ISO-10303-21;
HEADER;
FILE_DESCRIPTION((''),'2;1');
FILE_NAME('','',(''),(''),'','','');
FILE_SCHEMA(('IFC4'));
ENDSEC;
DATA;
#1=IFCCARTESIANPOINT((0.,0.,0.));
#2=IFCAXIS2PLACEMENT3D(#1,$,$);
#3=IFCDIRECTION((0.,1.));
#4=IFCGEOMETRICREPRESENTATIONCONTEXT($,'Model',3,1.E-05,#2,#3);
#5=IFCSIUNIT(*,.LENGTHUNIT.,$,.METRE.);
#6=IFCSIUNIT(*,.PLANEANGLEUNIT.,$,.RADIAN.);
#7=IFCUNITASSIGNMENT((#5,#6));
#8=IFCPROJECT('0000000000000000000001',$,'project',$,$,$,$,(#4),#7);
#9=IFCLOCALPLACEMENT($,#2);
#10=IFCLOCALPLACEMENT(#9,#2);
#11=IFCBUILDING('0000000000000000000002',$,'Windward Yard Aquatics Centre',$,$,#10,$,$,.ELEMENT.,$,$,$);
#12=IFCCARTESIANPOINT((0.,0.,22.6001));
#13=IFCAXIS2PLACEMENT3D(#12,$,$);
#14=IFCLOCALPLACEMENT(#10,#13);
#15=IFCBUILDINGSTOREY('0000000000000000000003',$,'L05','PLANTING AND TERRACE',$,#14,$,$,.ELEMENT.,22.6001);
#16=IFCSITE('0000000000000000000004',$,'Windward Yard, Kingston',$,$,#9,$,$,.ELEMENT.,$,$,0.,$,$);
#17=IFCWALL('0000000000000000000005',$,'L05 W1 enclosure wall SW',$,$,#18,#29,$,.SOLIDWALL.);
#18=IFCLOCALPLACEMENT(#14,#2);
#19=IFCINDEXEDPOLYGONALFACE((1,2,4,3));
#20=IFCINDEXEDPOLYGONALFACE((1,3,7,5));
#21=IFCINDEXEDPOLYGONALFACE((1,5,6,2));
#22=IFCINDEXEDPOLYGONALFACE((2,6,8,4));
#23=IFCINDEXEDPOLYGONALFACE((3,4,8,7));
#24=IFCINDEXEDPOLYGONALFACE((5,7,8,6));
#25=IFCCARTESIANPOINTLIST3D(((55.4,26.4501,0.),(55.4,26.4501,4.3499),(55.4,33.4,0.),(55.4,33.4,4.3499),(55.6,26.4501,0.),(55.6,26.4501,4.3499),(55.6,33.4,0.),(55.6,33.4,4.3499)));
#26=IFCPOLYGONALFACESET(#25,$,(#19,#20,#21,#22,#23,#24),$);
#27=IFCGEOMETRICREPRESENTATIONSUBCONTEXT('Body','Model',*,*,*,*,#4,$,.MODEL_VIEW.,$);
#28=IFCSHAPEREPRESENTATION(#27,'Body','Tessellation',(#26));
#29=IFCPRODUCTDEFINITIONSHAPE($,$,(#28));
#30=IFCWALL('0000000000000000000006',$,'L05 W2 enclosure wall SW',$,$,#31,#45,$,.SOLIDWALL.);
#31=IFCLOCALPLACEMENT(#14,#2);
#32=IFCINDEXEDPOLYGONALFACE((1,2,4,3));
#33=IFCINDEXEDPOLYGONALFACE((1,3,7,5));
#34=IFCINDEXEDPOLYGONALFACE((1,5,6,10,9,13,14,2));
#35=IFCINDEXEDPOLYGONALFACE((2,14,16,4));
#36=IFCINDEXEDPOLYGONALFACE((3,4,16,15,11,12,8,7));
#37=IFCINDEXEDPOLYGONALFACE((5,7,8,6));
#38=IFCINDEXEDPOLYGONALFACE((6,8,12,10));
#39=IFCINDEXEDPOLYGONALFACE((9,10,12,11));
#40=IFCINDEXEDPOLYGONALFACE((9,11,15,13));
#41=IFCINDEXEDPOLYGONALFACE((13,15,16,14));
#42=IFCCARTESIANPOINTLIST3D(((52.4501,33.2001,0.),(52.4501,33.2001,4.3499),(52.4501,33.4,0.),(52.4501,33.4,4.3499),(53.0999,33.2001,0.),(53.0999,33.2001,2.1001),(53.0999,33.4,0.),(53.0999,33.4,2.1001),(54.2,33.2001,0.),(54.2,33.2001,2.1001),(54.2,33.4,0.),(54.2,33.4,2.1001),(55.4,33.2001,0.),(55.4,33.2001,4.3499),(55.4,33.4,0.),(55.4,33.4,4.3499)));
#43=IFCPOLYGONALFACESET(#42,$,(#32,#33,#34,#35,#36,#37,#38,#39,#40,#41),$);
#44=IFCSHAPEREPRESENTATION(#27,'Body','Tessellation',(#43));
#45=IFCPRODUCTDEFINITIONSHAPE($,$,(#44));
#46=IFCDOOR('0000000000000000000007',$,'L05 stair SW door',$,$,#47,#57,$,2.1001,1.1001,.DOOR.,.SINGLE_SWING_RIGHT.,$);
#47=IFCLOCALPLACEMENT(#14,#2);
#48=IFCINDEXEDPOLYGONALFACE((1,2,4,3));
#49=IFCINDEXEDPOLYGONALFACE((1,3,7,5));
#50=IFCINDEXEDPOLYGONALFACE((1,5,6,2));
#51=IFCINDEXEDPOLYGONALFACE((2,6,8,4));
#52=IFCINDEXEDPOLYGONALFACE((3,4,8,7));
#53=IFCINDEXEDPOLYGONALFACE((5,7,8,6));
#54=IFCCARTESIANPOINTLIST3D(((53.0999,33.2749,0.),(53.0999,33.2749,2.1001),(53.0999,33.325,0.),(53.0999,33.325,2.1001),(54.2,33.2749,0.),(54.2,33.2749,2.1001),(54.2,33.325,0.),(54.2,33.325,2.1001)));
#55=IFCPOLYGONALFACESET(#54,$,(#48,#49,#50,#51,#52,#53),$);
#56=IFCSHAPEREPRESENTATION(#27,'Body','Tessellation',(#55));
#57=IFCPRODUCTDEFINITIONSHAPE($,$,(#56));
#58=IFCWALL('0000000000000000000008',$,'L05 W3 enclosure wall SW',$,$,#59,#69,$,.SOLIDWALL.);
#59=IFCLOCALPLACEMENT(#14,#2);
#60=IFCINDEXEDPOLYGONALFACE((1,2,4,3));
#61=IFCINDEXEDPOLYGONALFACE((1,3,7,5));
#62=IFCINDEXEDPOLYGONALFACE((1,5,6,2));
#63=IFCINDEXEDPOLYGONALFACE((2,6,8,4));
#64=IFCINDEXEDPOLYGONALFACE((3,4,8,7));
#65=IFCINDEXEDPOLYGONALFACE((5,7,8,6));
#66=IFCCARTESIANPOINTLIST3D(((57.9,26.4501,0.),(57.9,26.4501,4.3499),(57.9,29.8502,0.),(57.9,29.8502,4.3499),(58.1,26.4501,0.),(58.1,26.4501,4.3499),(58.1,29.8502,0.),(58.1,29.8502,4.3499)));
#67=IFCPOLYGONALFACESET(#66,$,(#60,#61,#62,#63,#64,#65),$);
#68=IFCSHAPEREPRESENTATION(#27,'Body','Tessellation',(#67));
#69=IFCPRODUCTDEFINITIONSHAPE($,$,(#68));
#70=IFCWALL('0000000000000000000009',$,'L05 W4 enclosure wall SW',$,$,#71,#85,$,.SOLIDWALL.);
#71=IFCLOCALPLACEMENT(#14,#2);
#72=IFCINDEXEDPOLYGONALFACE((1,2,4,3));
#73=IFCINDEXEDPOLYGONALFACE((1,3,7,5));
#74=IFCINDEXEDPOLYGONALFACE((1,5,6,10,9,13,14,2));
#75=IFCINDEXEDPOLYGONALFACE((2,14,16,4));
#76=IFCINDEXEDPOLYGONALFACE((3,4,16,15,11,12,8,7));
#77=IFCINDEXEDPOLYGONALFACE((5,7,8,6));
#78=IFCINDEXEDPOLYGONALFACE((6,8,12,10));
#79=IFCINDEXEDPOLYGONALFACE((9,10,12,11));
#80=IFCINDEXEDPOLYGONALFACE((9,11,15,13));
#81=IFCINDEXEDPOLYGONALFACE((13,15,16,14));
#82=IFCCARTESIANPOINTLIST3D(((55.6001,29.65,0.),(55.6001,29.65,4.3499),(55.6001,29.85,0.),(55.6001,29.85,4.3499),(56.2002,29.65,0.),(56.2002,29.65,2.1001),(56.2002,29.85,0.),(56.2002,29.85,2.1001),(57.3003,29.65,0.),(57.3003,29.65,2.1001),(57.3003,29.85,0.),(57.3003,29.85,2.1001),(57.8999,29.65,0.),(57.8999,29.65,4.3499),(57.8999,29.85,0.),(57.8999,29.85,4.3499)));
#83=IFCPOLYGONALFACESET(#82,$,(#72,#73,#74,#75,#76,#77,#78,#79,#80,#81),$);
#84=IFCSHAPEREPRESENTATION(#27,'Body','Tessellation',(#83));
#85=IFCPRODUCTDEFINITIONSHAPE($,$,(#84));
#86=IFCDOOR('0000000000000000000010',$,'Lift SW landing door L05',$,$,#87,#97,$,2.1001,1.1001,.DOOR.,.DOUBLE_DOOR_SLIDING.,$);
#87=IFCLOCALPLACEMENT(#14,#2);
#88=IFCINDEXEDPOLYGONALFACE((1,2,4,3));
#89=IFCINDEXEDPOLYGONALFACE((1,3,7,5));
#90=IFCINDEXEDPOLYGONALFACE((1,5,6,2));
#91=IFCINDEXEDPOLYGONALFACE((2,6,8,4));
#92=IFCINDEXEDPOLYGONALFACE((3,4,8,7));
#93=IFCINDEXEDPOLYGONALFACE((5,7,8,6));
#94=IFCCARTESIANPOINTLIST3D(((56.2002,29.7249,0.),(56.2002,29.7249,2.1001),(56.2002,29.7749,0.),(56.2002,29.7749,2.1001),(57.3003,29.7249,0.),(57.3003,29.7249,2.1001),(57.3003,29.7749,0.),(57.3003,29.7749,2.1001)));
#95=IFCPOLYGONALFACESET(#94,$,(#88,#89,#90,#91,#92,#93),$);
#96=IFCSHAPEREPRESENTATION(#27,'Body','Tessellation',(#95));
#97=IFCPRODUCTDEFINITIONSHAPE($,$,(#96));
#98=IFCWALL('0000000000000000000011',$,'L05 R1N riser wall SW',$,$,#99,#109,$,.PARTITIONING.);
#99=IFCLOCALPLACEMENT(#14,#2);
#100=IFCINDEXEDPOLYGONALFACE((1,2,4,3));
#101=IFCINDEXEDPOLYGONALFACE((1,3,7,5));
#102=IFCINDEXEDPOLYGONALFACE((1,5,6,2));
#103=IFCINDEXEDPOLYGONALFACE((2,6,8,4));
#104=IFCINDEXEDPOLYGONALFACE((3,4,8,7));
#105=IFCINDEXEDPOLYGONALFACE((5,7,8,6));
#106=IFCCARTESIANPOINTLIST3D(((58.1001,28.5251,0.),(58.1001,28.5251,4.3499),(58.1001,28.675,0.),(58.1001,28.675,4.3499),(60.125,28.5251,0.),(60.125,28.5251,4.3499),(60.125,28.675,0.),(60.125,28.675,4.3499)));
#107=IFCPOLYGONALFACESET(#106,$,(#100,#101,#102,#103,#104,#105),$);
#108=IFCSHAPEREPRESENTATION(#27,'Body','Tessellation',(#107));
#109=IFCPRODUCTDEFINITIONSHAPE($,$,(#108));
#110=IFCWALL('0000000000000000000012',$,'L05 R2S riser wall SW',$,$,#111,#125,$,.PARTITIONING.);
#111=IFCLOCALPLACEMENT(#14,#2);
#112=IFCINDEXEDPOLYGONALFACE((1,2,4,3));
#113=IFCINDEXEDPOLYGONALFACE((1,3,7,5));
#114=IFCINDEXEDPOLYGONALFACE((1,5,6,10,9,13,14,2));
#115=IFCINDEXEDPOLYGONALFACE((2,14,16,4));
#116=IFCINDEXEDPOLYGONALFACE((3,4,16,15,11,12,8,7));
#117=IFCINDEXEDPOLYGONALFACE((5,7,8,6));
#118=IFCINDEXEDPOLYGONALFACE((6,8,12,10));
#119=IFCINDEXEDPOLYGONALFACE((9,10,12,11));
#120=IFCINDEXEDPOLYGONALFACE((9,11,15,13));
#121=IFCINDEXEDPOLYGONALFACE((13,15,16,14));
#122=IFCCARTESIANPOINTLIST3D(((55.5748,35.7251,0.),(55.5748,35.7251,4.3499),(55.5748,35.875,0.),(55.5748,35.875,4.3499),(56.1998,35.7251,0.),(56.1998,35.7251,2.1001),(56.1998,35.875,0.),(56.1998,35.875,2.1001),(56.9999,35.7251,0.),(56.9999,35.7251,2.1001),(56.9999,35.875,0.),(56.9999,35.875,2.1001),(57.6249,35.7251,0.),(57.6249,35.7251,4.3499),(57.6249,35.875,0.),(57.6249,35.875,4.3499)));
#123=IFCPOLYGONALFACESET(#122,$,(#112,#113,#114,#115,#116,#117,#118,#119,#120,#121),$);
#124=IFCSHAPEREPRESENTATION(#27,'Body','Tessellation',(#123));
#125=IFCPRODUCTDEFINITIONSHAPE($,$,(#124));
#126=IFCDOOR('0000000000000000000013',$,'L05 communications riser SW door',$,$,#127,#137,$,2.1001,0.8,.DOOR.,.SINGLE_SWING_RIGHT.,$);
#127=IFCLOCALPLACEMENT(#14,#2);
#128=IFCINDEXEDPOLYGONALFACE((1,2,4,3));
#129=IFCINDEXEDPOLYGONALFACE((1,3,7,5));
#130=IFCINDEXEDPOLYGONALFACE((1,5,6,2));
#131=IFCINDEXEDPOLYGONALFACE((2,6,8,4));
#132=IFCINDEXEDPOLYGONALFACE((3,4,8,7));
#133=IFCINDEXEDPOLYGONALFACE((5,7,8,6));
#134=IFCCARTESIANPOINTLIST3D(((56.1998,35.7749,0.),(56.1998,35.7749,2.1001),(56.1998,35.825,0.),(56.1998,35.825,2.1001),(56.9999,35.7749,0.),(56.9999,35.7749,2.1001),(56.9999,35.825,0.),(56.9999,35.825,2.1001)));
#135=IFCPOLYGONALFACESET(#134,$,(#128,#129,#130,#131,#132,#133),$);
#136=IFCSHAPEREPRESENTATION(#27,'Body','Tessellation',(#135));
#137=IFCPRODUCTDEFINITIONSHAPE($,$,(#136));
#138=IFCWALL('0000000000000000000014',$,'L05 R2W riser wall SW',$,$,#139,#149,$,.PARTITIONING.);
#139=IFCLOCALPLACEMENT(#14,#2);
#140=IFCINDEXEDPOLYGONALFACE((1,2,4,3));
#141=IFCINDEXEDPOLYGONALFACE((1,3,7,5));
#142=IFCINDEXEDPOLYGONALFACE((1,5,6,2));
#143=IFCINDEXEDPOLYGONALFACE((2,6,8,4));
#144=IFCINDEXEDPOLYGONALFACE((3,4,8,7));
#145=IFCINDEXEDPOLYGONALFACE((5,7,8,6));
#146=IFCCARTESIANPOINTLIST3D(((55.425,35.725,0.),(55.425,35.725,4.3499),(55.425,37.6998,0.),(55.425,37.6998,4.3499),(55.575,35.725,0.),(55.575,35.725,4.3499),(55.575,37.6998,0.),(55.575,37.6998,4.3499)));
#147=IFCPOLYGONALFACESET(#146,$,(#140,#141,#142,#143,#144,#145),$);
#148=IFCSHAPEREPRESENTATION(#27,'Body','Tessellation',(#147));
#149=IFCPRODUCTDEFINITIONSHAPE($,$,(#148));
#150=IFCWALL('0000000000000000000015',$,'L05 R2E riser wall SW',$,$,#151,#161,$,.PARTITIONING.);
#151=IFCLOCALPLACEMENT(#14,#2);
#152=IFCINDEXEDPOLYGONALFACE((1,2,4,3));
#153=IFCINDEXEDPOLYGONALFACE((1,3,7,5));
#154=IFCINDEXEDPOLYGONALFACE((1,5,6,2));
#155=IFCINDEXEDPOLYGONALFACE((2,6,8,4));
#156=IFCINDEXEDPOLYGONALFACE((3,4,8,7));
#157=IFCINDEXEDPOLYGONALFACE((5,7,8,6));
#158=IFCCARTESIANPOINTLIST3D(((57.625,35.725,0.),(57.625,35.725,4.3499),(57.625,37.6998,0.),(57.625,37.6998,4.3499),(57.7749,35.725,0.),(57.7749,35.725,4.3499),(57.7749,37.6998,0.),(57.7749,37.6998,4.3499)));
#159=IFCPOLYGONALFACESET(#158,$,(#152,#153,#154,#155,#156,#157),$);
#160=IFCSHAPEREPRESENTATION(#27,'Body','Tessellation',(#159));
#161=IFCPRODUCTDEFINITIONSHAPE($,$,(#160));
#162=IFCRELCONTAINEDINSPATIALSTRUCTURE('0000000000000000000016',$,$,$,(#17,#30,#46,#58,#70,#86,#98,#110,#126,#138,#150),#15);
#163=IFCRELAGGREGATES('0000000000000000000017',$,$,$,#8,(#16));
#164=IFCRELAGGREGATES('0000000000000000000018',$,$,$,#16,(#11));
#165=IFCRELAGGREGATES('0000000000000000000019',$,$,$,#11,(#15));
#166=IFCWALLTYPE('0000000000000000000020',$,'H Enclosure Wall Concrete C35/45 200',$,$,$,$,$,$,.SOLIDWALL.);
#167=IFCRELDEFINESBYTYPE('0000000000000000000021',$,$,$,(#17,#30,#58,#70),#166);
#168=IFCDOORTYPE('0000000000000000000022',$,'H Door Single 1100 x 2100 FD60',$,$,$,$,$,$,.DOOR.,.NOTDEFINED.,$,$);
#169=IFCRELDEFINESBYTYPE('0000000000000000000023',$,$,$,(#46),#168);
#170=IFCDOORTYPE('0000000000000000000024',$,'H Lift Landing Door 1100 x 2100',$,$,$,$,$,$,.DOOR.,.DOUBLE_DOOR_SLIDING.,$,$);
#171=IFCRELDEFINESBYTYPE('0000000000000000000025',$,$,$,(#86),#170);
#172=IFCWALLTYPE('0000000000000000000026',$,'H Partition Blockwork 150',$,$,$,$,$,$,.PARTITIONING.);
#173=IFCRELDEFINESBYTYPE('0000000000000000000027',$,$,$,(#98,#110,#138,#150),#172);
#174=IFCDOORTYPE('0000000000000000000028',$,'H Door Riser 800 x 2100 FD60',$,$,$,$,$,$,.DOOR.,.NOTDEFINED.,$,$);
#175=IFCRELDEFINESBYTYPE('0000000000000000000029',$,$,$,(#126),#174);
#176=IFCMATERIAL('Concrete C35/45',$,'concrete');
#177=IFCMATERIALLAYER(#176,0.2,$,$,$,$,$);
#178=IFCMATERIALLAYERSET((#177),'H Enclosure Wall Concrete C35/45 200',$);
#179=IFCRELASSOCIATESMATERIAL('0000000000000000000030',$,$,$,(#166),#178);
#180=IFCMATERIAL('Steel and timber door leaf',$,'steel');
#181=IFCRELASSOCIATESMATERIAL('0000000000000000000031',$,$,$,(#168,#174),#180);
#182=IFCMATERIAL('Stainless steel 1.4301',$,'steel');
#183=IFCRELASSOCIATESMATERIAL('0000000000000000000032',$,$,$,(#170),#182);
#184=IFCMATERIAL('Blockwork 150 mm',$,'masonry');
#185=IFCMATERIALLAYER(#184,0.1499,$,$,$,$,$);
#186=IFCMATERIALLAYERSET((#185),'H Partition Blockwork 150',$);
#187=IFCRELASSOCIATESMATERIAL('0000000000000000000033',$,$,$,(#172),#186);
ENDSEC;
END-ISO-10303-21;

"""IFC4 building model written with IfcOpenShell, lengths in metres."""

from ifc_helpers import new_model, si_unit, direction, frame, frame_2d, origin, place, context, subcontext, project, spatial, rectangle, extrude, material, layer, layer_set, type_object, element, fill, save


model = new_model("IFC4")

# Units and contexts
model_context = context("Model", 3, precision=1e-05, world=origin(), true_north=direction((0.0, 1.0)))
body_context = subcontext(model_context, "Body", "Model", "MODEL_VIEW")
ifc_project = project(units=[si_unit("LENGTHUNIT", "METRE"), si_unit("PLANEANGLEUNIT", "RADIAN")], contexts=[model_context])

# Site, building, storey
site_placement = place(None, origin())
site = spatial("IfcSite", under=ifc_project, at=site_placement, Name="Windward Yard, Kingston", CompositionType="ELEMENT", RefElevation=0.0)
building_placement = place(site_placement, origin())
building = spatial("IfcBuilding", under=site, at=building_placement, Name="Windward Yard Aquatics Centre", CompositionType="ELEMENT")
storey_placement = place(building_placement, frame((0.0, 0.0, 22.6001)))
storey = spatial("IfcBuildingStorey", under=building, at=storey_placement, Name="L05", Description="PLANTING AND TERRACE", CompositionType="ELEMENT", Elevation=22.6001)

# Wall
ifc_material_1 = material(Name="Concrete C35/45", Category="concrete")
ifc_layer_1 = layer(ifc_material_1, 0.2)
ifc_layer_set_1 = layer_set([ifc_layer_1], Name="H Enclosure Wall Concrete C35/45 200")
wall_type_1 = type_object("IfcWallType", Name="H Enclosure Wall Concrete C35/45 200", PredefinedType="SOLIDWALL", material=ifc_layer_set_1)
wall_1_placement = place(storey_placement, frame((55.5, 26.45, 0.0), z_axis=(0.0, 0.0, 1.0), x_axis=(0.0, 1.0, 0.0)))
element("IfcWall", 1, at=wall_1_placement, inside=storey, type_object=wall_type_1, Name="L05 W1 enclosure wall SW", PredefinedType="SOLIDWALL", context=body_context, shape_type="SweptSolid", body=[
    extrude(rectangle(XDim=6.95, YDim=0.2, at=frame_2d((3.4751, 0.0))), origin(), (0.0, 0.0, 1.0), 4.3499),
])

# Wall, opening, door
wall_2_placement = place(storey_placement, frame((52.45, 33.3, 0.0), z_axis=(0.0, 0.0, 1.0), x_axis=(1.0, 0.0, 0.0)))
wall_2 = element("IfcWall", 2, at=wall_2_placement, inside=storey, type_object=wall_type_1, Name="L05 W2 enclosure wall SW", PredefinedType="SOLIDWALL", context=body_context, shape_type="SweptSolid", body=[
    extrude(rectangle(XDim=2.95, YDim=0.2, at=frame_2d((1.4751, 0.0))), origin(), (0.0, 0.0, 1.0), 4.3499),
])
opening_1_placement = place(wall_2_placement, frame((0.6499, 0.0, 0.0)))
opening_1 = element("IfcOpeningElement", 3, at=opening_1_placement, cuts=wall_2, PredefinedType="OPENING", context=body_context, shape_type="SweptSolid", body=[
    extrude(rectangle(XDim=1.1001, YDim=2.1001, at=frame_2d((0.55, 1.05))), frame((0.0, 0.1099, 0.0), z_axis=(0.0, -1.0, 0.0), x_axis=(1.0, 0.0, 0.0)), (0.0, 0.0, 1.0), 0.22),
])
ifc_material_2 = material(Name="Steel and timber door leaf", Category="steel")
door_type_1 = type_object("IfcDoorType", Name="H Door Single 1100 x 2100 FD60", OperationType="NOTDEFINED", PredefinedType="DOOR", material=ifc_material_2)
door_1_placement = place(opening_1_placement, origin())
door_1 = element("IfcDoor", 4, at=door_1_placement, inside=storey, type_object=door_type_1, Name="L05 stair SW door", OperationType="SINGLE_SWING_RIGHT", OverallHeight=2.1001, OverallWidth=1.1001, PredefinedType="DOOR", context=body_context, shape_type="SweptSolid", body=[
    extrude(rectangle(XDim=1.1001, YDim=2.1001, at=frame_2d((0.55, 1.05))), frame((0.0, 0.0249, 0.0), z_axis=(0.0, -1.0, 0.0), x_axis=(1.0, 0.0, 0.0)), (0.0, 0.0, 1.0), 0.05),
])
fill(opening_1, door_1)

# Wall
wall_3_placement = place(storey_placement, frame((58.0, 26.45, 0.0), z_axis=(0.0, 0.0, 1.0), x_axis=(0.0, 1.0, 0.0)))
element("IfcWall", 5, at=wall_3_placement, inside=storey, type_object=wall_type_1, Name="L05 W3 enclosure wall SW", PredefinedType="SOLIDWALL", context=body_context, shape_type="SweptSolid", body=[
    extrude(rectangle(XDim=3.4001, YDim=0.2, at=frame_2d((1.7002, 0.0))), origin(), (0.0, 0.0, 1.0), 4.3499),
])

# Wall, opening, door
wall_4_placement = place(storey_placement, frame((55.6001, 29.75, 0.0), z_axis=(0.0, 0.0, 1.0), x_axis=(1.0, 0.0, 0.0)))
wall_4 = element("IfcWall", 6, at=wall_4_placement, inside=storey, type_object=wall_type_1, Name="L05 W4 enclosure wall SW", PredefinedType="SOLIDWALL", context=body_context, shape_type="SweptSolid", body=[
    extrude(rectangle(XDim=2.2998, YDim=0.2, at=frame_2d((1.1499, 0.0))), origin(), (0.0, 0.0, 1.0), 4.3499),
])
opening_2_placement = place(wall_4_placement, frame((0.6001, 0.0, 0.0)))
opening_2 = element("IfcOpeningElement", 7, at=opening_2_placement, cuts=wall_4, PredefinedType="OPENING", context=body_context, shape_type="SweptSolid", body=[
    extrude(rectangle(XDim=1.1001, YDim=2.1001, at=frame_2d((0.55, 1.05))), frame((0.0, 0.1099, 0.0), z_axis=(0.0, -1.0, 0.0), x_axis=(1.0, 0.0, 0.0)), (0.0, 0.0, 1.0), 0.22),
])
ifc_material_3 = material(Name="Stainless steel 1.4301", Category="steel")
door_type_2 = type_object("IfcDoorType", Name="H Lift Landing Door 1100 x 2100", OperationType="DOUBLE_DOOR_SLIDING", PredefinedType="DOOR", material=ifc_material_3)
door_2_placement = place(opening_2_placement, origin())
door_2 = element("IfcDoor", 8, at=door_2_placement, inside=storey, type_object=door_type_2, Name="Lift SW landing door L05", OperationType="DOUBLE_DOOR_SLIDING", OverallHeight=2.1001, OverallWidth=1.1001, PredefinedType="DOOR", context=body_context, shape_type="SweptSolid", body=[
    extrude(rectangle(XDim=1.1001, YDim=2.1001, at=frame_2d((0.55, 1.05))), frame((0.0, 0.0249, 0.0), z_axis=(0.0, -1.0, 0.0), x_axis=(1.0, 0.0, 0.0)), (0.0, 0.0, 1.0), 0.05),
])
fill(opening_2, door_2)

# Wall
ifc_material_4 = material(Name="Blockwork 150 mm", Category="masonry")
ifc_layer_2 = layer(ifc_material_4, 0.1499)
ifc_layer_set_2 = layer_set([ifc_layer_2], Name="H Partition Blockwork 150")
wall_type_2 = type_object("IfcWallType", Name="H Partition Blockwork 150", PredefinedType="PARTITIONING", material=ifc_layer_set_2)
wall_5_placement = place(storey_placement, frame((58.1001, 28.6001, 0.0), z_axis=(0.0, 0.0, 1.0), x_axis=(1.0, 0.0, 0.0)))
element("IfcWall", 9, at=wall_5_placement, inside=storey, type_object=wall_type_2, Name="L05 R1N riser wall SW", PredefinedType="PARTITIONING", context=body_context, shape_type="SweptSolid", body=[
    extrude(rectangle(XDim=2.0249, YDim=0.1499, at=frame_2d((1.0125, 0.0))), origin(), (0.0, 0.0, 1.0), 4.3499),
])

# Wall, opening, door
wall_6_placement = place(storey_placement, frame((55.575, 35.8, 0.0), z_axis=(0.0, 0.0, 1.0), x_axis=(1.0, 0.0, 0.0)))
wall_6 = element("IfcWall", 10, at=wall_6_placement, inside=storey, type_object=wall_type_2, Name="L05 R2S riser wall SW", PredefinedType="PARTITIONING", context=body_context, shape_type="SweptSolid", body=[
    extrude(rectangle(XDim=2.05, YDim=0.1499, at=frame_2d((1.0249, 0.0))), origin(), (0.0, 0.0, 1.0), 4.3499),
])
opening_3_placement = place(wall_6_placement, frame((0.625, 0.0, 0.0)))
opening_3 = element("IfcOpeningElement", 11, at=opening_3_placement, cuts=wall_6, PredefinedType="OPENING", context=body_context, shape_type="SweptSolid", body=[
    extrude(rectangle(XDim=0.8, YDim=2.1001, at=frame_2d((0.3999, 1.05))), frame((0.0, 0.085, 0.0), z_axis=(0.0, -1.0, 0.0), x_axis=(1.0, 0.0, 0.0)), (0.0, 0.0, 1.0), 0.1699),
])
door_type_3 = type_object("IfcDoorType", Name="H Door Riser 800 x 2100 FD60", OperationType="NOTDEFINED", PredefinedType="DOOR", material=ifc_material_2)
door_3_placement = place(opening_3_placement, origin())
door_3 = element("IfcDoor", 12, at=door_3_placement, inside=storey, type_object=door_type_3, Name="L05 communications riser SW door", OperationType="SINGLE_SWING_RIGHT", OverallHeight=2.1001, OverallWidth=0.8, PredefinedType="DOOR", context=body_context, shape_type="SweptSolid", body=[
    extrude(rectangle(XDim=0.8, YDim=2.1001, at=frame_2d((0.3999, 1.05))), frame((0.0, 0.0249, 0.0), z_axis=(0.0, -1.0, 0.0), x_axis=(1.0, 0.0, 0.0)), (0.0, 0.0, 1.0), 0.05),
])
fill(opening_3, door_3)

# Walls
for number, where, z_axis, x_axis, name in (
    (13, (55.5, 35.7251, 0.0), (0.0, 0.0, 1.0), (0.0, 1.0, 0.0), "L05 R2W riser wall SW"),
    (14, (57.7, 35.7251, 0.0), (0.0, 0.0, 1.0), (0.0, 1.0, 0.0), "L05 R2E riser wall SW"),
):
    element("IfcWall", number, at=place(storey_placement, frame(where, z_axis=z_axis, x_axis=x_axis)), inside=storey, type_object=wall_type_2, Name=name, PredefinedType="PARTITIONING", context=body_context, shape_type="SweptSolid", body=[
        extrude(rectangle(XDim=1.9749, YDim=0.1499, at=frame_2d((0.9873, 0.0))), origin(), (0.0, 0.0, 1.0), 4.3499),
    ])

save(model, "model.ifc")
